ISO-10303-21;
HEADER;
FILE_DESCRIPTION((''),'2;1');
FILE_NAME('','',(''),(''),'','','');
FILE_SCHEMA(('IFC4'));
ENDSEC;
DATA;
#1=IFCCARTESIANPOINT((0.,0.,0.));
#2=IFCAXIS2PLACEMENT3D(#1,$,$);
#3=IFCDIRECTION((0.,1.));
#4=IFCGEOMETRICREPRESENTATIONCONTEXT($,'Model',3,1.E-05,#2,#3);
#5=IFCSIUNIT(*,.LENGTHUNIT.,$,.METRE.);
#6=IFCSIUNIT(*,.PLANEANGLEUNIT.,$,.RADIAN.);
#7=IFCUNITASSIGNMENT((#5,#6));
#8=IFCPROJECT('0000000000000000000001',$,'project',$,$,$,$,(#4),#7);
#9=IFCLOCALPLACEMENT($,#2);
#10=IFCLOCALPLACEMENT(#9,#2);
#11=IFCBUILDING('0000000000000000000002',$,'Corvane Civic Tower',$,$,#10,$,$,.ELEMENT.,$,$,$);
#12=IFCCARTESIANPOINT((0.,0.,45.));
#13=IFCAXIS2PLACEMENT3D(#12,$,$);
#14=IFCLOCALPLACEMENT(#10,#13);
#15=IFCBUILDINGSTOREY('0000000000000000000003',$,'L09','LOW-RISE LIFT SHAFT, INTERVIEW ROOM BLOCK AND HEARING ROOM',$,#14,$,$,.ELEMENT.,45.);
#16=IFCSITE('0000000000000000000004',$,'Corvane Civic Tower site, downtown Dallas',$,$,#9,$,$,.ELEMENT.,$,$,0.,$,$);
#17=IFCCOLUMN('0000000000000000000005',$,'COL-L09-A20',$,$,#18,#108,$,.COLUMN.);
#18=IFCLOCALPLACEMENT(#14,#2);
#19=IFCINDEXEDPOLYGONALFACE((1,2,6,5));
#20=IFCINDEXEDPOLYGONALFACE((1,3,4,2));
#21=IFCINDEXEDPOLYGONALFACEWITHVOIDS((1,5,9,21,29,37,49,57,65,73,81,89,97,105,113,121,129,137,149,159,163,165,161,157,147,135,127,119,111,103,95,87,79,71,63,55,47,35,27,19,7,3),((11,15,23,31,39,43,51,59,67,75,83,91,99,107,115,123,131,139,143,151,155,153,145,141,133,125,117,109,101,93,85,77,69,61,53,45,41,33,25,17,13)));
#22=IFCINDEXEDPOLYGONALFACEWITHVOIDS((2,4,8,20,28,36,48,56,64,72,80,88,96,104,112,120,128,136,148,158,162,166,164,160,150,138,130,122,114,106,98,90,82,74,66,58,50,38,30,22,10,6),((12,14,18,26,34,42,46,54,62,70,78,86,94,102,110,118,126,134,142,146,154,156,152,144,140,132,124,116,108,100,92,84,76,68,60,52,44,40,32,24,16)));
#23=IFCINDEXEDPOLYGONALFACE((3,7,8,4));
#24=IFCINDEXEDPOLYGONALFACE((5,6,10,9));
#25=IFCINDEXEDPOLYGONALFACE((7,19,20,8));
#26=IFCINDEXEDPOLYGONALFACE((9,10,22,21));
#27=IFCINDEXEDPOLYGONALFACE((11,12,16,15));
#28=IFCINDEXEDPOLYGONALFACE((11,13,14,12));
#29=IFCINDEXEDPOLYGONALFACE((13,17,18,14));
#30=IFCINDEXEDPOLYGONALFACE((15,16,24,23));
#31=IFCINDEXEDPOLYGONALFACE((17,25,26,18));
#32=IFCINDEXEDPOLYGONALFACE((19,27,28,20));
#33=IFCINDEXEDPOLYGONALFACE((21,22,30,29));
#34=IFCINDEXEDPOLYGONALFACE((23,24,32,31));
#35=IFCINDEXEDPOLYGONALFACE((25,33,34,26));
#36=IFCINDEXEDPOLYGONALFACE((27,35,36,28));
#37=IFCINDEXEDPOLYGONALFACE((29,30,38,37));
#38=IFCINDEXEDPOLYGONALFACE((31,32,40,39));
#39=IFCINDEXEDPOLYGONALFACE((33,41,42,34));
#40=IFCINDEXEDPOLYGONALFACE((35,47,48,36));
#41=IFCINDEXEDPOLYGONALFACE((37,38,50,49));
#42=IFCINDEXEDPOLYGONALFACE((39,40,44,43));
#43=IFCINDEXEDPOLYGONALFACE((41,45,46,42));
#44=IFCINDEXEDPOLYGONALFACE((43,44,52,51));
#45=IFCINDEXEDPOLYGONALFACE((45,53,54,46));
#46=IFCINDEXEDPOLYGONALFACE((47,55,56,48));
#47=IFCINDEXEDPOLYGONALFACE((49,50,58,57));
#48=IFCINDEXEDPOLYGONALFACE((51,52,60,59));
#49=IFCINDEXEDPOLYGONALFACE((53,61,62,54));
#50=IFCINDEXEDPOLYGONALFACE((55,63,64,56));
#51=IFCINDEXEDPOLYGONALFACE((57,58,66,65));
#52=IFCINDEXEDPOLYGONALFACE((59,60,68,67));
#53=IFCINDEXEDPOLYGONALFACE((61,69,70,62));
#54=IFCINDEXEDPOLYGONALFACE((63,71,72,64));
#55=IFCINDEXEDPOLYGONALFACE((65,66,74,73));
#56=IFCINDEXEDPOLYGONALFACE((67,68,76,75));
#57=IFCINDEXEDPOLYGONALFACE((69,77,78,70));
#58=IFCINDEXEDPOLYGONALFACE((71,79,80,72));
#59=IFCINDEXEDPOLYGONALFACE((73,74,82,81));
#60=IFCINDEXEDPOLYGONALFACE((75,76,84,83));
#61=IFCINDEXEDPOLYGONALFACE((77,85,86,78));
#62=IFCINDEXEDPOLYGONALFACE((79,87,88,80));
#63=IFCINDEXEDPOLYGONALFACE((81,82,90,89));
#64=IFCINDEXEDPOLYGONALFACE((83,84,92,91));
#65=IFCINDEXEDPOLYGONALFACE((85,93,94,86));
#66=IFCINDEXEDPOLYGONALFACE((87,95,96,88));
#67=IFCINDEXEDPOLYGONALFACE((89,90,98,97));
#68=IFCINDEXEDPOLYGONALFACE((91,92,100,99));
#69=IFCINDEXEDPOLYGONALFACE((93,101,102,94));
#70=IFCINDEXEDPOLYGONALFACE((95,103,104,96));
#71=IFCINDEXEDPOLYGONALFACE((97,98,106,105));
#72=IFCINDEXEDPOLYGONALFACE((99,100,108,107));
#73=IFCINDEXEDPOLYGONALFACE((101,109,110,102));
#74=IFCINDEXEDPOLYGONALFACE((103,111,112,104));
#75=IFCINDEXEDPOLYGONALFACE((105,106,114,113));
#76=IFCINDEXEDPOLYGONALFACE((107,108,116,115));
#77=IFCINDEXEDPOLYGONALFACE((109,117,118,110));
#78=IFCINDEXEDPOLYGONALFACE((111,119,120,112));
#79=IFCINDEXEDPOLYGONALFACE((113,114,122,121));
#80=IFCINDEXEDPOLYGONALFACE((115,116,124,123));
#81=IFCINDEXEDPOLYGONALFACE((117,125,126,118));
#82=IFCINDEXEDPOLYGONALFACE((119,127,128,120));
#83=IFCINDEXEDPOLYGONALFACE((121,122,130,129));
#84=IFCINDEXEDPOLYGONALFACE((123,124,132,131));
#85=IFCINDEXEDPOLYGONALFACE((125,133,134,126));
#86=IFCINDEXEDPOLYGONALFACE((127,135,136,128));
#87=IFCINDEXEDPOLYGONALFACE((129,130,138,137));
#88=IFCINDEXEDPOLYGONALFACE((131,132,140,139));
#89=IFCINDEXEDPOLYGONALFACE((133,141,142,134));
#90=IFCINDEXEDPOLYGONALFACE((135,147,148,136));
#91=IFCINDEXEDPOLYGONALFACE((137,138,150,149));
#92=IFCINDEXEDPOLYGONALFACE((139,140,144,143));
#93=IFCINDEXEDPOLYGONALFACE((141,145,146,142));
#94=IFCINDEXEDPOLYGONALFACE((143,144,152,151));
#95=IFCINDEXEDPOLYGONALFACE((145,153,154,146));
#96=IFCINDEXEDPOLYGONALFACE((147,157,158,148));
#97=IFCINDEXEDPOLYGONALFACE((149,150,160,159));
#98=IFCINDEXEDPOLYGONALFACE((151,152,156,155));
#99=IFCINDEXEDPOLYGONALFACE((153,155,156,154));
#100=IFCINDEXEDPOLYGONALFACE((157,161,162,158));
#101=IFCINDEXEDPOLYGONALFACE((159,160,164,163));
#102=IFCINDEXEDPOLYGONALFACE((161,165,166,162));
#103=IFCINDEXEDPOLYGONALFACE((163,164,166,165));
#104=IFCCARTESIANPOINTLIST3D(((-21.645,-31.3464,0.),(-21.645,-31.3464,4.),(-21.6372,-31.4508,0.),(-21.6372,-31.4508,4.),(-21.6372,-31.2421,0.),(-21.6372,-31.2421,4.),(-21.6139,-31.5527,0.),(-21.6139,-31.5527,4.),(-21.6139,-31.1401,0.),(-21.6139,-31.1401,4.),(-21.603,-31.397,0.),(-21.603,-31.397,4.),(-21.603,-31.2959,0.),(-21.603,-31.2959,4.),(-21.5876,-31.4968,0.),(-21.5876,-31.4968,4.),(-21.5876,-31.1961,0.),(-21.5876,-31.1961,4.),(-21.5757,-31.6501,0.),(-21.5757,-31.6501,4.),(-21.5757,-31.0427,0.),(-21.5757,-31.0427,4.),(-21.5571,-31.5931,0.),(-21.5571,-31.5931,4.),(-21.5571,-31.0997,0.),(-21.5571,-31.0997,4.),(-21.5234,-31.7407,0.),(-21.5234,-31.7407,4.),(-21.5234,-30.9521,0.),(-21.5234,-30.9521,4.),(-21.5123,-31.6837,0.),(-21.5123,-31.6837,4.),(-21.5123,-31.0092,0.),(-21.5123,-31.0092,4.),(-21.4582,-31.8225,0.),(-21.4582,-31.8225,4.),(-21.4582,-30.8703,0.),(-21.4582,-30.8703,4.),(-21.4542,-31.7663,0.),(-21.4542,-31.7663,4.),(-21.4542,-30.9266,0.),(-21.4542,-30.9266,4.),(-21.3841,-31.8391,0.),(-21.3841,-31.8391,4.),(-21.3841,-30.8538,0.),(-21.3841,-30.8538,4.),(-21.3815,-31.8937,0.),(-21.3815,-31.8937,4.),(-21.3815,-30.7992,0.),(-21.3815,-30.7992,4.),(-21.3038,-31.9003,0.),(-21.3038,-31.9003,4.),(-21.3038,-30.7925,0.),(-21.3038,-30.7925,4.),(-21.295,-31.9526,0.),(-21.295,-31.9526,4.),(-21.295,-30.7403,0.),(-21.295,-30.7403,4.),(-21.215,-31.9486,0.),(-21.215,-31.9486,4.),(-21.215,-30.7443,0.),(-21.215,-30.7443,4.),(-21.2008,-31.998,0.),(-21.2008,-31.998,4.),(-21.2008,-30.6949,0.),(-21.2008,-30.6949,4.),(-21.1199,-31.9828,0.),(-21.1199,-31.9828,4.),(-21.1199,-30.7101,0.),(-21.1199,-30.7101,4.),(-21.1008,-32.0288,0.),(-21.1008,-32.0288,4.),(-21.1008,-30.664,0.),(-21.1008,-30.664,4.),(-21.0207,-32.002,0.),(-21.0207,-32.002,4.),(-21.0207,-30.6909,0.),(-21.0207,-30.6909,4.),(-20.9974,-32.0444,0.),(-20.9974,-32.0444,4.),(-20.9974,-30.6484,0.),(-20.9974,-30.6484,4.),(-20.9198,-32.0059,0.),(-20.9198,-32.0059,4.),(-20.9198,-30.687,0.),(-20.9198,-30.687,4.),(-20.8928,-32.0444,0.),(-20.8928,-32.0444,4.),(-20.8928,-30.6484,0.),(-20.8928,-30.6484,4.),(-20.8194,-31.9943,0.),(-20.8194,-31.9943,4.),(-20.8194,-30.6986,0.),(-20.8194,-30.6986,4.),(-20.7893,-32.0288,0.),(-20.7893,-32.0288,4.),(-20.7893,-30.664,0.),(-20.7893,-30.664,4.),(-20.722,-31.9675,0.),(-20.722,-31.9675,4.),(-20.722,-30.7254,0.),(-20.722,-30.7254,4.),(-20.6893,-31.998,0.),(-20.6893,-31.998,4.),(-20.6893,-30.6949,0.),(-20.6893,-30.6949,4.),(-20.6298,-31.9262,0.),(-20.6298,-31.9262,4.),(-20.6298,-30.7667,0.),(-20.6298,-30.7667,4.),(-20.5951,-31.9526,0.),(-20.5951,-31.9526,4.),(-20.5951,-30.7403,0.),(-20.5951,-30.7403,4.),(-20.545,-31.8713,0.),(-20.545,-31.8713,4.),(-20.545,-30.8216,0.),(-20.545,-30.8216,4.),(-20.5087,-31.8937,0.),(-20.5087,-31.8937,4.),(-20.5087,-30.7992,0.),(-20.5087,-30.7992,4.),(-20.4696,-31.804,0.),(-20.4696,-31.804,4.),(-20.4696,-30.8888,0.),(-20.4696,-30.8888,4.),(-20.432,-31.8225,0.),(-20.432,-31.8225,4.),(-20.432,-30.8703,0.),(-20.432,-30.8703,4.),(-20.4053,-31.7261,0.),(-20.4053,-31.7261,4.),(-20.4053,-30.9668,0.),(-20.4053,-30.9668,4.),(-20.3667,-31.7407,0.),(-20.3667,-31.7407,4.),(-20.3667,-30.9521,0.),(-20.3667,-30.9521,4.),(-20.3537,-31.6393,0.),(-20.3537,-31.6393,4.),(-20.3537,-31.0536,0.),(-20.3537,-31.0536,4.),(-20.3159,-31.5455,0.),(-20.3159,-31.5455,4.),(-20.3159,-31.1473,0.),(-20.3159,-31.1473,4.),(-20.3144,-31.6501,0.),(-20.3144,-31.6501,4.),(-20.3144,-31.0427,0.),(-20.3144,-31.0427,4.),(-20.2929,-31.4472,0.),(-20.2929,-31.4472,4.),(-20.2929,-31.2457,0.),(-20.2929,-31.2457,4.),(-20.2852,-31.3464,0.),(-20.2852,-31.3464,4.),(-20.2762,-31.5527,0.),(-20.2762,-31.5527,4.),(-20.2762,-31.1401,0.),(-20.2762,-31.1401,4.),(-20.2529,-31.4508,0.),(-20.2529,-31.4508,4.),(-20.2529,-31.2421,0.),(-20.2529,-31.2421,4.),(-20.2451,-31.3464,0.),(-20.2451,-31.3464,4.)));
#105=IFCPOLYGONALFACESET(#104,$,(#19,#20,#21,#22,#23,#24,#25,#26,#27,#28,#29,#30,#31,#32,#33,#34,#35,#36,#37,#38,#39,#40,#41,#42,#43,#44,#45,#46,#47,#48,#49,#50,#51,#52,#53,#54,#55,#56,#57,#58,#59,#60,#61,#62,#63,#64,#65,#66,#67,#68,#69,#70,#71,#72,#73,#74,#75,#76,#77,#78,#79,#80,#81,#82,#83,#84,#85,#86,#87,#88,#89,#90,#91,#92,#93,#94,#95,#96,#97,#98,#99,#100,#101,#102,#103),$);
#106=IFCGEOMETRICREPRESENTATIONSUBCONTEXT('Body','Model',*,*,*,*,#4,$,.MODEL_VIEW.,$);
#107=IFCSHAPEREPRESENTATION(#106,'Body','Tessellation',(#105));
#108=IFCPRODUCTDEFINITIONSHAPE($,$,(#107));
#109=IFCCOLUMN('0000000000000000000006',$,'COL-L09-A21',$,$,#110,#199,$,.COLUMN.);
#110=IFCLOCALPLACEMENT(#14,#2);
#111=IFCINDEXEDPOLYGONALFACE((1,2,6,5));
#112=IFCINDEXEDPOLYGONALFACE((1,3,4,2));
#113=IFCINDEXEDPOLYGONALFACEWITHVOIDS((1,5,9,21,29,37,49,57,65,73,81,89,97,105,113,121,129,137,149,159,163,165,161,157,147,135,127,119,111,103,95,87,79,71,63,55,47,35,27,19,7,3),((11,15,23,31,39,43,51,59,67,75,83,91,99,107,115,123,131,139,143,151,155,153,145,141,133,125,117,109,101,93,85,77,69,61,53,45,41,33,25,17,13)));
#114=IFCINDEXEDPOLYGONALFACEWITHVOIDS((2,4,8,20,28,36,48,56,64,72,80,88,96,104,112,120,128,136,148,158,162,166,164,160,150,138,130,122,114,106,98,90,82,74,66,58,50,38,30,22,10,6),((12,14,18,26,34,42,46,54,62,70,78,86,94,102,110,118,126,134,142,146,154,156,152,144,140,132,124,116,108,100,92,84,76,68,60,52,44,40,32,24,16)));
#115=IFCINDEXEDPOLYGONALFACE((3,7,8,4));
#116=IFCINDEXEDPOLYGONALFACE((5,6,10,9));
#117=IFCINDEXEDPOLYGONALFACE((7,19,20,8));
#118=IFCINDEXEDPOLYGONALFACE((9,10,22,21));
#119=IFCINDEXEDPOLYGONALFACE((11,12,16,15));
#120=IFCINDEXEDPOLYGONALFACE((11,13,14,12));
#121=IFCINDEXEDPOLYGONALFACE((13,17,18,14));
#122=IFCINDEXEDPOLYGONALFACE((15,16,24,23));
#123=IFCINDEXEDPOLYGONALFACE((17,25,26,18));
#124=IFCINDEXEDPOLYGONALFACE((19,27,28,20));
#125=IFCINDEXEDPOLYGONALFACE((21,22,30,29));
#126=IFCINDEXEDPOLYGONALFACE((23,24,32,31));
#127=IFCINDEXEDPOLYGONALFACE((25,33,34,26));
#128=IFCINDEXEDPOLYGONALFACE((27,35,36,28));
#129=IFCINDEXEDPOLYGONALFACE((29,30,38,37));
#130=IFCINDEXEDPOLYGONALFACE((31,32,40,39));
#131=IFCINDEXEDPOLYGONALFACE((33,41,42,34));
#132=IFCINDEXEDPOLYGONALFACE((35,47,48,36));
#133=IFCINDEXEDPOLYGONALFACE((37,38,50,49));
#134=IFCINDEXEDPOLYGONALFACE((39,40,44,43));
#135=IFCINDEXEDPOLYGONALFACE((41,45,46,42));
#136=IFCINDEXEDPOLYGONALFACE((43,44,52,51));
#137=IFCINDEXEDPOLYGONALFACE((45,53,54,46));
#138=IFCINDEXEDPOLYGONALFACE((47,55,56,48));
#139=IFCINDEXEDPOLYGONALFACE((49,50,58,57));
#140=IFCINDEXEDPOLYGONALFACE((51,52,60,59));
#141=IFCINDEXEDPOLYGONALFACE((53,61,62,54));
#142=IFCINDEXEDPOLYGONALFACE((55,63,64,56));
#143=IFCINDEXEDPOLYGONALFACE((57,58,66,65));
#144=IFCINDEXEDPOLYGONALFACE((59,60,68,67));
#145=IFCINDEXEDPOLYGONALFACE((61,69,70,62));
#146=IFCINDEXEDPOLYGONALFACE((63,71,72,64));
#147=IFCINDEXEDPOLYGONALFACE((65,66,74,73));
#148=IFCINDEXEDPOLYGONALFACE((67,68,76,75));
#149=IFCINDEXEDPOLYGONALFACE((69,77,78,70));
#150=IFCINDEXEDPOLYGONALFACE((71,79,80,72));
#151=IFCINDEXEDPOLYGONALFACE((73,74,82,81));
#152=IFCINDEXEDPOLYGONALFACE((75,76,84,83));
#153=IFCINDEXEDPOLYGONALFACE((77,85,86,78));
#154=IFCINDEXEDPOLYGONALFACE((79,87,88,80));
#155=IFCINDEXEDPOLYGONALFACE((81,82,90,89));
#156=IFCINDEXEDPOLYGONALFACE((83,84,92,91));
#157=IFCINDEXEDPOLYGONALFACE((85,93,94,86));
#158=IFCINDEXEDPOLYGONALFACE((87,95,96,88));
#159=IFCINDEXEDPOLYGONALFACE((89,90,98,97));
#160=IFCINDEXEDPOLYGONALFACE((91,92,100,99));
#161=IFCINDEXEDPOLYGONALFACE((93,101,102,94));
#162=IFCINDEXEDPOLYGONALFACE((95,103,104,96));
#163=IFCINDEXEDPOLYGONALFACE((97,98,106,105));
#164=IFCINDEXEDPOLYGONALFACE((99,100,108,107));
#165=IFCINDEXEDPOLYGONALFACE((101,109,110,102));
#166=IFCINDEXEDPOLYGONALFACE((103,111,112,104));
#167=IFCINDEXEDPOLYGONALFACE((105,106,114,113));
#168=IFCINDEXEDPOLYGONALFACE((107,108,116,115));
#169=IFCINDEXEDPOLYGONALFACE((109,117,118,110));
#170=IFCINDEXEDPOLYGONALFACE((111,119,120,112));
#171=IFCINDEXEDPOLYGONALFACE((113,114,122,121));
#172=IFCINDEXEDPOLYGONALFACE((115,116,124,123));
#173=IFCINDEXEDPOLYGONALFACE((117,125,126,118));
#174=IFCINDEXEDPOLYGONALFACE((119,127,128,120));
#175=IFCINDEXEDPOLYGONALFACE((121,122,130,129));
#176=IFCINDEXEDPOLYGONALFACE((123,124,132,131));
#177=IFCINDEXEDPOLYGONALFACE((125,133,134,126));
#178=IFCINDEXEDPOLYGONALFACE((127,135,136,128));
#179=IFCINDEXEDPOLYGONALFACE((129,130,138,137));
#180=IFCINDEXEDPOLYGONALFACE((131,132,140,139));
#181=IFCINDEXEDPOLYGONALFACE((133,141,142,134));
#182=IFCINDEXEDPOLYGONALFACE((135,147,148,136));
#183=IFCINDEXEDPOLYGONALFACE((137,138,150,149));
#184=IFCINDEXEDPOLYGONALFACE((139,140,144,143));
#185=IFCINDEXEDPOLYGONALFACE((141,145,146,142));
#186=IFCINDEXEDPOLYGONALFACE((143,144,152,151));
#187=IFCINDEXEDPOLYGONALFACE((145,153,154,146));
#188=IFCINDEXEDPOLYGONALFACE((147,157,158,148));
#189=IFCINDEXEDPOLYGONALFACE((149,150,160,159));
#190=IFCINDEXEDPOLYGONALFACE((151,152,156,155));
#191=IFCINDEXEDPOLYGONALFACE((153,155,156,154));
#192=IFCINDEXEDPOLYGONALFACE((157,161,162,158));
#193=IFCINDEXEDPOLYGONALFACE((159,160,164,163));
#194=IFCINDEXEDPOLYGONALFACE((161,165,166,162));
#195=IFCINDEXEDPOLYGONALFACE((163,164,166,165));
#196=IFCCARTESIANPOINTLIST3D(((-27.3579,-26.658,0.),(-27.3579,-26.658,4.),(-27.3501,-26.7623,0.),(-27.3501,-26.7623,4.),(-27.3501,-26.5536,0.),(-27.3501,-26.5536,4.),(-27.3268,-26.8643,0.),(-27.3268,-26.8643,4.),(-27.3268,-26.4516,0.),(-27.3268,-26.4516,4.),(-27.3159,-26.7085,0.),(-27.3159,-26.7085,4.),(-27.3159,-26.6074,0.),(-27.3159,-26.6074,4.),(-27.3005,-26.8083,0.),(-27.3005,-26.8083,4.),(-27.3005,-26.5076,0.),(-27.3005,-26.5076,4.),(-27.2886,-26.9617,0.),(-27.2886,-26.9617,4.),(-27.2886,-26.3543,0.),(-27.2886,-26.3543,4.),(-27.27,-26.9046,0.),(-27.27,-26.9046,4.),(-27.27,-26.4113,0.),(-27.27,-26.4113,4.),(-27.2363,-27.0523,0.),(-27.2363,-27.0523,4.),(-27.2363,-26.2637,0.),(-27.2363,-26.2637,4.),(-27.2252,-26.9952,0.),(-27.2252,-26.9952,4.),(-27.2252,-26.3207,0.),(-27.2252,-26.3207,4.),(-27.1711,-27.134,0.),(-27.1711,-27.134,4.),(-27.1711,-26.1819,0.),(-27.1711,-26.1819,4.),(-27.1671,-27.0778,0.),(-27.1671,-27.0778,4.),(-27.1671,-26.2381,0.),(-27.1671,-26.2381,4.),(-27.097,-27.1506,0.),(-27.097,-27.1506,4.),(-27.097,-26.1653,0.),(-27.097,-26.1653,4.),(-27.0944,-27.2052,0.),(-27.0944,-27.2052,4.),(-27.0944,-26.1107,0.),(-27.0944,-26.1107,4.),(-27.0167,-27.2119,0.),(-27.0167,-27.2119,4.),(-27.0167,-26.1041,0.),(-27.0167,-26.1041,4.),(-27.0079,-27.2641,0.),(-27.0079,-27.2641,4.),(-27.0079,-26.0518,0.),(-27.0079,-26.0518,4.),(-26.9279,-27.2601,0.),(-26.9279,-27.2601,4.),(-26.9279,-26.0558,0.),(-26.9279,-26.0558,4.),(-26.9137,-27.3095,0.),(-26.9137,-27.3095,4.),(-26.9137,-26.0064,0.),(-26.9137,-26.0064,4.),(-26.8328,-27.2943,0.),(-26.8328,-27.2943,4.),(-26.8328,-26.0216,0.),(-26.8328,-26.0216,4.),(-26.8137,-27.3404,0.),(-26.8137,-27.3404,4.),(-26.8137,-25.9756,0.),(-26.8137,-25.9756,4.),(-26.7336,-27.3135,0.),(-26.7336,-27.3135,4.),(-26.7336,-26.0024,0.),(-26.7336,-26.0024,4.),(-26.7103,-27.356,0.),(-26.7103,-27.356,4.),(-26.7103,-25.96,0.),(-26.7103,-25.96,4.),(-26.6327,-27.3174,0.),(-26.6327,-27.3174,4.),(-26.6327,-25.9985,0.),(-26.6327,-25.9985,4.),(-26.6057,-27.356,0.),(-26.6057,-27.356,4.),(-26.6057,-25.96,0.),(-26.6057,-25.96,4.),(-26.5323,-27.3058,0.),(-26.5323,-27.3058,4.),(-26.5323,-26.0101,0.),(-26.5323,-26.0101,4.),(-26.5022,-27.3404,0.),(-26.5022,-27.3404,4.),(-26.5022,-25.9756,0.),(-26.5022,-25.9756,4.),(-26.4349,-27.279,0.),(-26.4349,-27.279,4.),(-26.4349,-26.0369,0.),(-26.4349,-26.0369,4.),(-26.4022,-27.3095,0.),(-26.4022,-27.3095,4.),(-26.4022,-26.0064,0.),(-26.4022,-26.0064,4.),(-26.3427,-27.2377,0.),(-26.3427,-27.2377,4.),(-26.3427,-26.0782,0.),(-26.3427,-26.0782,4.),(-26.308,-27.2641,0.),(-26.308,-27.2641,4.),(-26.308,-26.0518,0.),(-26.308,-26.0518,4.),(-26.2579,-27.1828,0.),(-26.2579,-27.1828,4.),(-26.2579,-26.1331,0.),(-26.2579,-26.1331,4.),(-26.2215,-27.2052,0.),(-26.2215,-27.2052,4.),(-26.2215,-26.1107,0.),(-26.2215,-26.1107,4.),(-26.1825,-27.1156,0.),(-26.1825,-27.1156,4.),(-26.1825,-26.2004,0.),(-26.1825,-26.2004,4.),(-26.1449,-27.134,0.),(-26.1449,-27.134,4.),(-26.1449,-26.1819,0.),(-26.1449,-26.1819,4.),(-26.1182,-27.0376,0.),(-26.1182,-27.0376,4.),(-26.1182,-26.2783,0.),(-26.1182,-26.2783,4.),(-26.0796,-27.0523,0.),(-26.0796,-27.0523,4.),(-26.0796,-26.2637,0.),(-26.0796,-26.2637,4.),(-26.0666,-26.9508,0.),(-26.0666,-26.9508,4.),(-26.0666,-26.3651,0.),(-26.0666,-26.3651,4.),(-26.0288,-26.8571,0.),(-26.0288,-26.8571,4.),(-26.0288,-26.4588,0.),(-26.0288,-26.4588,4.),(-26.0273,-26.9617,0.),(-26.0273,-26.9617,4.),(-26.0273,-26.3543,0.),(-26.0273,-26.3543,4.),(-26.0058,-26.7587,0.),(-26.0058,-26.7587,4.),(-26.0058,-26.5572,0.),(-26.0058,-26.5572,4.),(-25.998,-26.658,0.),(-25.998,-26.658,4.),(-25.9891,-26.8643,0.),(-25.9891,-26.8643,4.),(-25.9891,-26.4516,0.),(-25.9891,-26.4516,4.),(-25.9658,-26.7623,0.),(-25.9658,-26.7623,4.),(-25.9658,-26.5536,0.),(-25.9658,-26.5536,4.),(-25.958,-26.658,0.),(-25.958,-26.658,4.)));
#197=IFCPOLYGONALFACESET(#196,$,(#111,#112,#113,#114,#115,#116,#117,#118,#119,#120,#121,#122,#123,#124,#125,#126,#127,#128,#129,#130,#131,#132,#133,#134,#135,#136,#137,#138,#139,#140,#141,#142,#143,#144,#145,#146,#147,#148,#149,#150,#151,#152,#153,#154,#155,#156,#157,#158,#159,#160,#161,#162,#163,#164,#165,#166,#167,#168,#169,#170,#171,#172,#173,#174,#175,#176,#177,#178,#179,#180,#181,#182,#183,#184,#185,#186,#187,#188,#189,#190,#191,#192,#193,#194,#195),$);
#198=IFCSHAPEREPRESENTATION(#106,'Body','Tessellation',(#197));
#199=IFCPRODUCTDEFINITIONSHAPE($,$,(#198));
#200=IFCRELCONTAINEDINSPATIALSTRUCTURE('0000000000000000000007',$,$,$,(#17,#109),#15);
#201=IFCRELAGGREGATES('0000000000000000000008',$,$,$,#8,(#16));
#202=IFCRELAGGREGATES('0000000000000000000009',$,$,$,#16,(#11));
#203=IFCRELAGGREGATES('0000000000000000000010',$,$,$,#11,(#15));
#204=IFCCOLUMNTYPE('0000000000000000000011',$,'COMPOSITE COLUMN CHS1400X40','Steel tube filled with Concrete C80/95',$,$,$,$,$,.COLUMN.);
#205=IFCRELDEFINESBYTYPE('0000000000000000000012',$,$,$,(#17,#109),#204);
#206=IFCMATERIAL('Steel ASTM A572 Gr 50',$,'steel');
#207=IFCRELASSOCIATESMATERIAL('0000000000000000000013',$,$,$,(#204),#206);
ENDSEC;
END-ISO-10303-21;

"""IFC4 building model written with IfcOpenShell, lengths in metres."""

from ifc_helpers import new_model, si_unit, direction, frame, origin, origin_2d, place, context, subcontext, project, spatial, hollow_circle, extrude, material, material_profile, profile_set, type_object, element, save


model = new_model("IFC4")

# Units and contexts
model_context = context("Model", 3, precision=1e-05, world=origin(), true_north=direction((0.0, 1.0)))
body_context = subcontext(model_context, "Body", "Model", "MODEL_VIEW")
ifc_project = project(units=[si_unit("LENGTHUNIT", "METRE"), si_unit("PLANEANGLEUNIT", "RADIAN")], contexts=[model_context])

# Site, building, storey
site_placement = place(None, origin())
site = spatial("IfcSite", under=ifc_project, at=site_placement, Name="Corvane Civic Tower site, downtown Dallas", CompositionType="ELEMENT", RefElevation=0.0)
building_placement = place(site_placement, origin())
building = spatial("IfcBuilding", under=site, at=building_placement, Name="Corvane Civic Tower", CompositionType="ELEMENT")
storey_placement = place(building_placement, frame((0.0, 0.0, 45.0)))
storey = spatial("IfcBuildingStorey", under=building, at=storey_placement, Name="L09", Description="LOW-RISE LIFT SHAFT, INTERVIEW ROOM BLOCK AND HEARING ROOM", CompositionType="ELEMENT", Elevation=45.0)

# Columns
ifc_material_1 = material(Name="Steel ASTM A572 Gr 50", Category="steel")
ifc_material_profile_1 = material_profile(ifc_material_1, hollow_circle(Radius=0.7, WallThickness=0.04, at=origin_2d()), Name="CHS1400X40")
ifc_profile_set_1 = profile_set([ifc_material_profile_1], Name="Steel ASTM A572 Gr 50")
column_type = type_object("IfcColumnType", Name="COMPOSITE COLUMN CHS1400X40", Description="Steel tube filled with Concrete C80/95", PredefinedType="COLUMN", material=ifc_profile_set_1)
for number, where, z_axis, x_axis, name in (
    (1, (-20.9451, -31.3464, 0.0), (0.0, 0.0, 1.0), (1.0, 0.0, 0.0), "COL-L09-A20"),
    (2, (-26.658, -26.658, 0.0), (0.0, 0.0, 1.0), (1.0, 0.0, 0.0), "COL-L09-A21"),
):
    element("IfcColumn", number, at=place(storey_placement, frame(where, z_axis=z_axis, x_axis=x_axis)), inside=storey, type_object=column_type, Name=name, PredefinedType="COLUMN", context=body_context, shape_type="SweptSolid", body=[
        extrude(hollow_circle(Radius=0.7, WallThickness=0.04, at=origin_2d()), origin(), (0.0, 0.0, 1.0), 4.0),
    ])

save(model, "model.ifc")
